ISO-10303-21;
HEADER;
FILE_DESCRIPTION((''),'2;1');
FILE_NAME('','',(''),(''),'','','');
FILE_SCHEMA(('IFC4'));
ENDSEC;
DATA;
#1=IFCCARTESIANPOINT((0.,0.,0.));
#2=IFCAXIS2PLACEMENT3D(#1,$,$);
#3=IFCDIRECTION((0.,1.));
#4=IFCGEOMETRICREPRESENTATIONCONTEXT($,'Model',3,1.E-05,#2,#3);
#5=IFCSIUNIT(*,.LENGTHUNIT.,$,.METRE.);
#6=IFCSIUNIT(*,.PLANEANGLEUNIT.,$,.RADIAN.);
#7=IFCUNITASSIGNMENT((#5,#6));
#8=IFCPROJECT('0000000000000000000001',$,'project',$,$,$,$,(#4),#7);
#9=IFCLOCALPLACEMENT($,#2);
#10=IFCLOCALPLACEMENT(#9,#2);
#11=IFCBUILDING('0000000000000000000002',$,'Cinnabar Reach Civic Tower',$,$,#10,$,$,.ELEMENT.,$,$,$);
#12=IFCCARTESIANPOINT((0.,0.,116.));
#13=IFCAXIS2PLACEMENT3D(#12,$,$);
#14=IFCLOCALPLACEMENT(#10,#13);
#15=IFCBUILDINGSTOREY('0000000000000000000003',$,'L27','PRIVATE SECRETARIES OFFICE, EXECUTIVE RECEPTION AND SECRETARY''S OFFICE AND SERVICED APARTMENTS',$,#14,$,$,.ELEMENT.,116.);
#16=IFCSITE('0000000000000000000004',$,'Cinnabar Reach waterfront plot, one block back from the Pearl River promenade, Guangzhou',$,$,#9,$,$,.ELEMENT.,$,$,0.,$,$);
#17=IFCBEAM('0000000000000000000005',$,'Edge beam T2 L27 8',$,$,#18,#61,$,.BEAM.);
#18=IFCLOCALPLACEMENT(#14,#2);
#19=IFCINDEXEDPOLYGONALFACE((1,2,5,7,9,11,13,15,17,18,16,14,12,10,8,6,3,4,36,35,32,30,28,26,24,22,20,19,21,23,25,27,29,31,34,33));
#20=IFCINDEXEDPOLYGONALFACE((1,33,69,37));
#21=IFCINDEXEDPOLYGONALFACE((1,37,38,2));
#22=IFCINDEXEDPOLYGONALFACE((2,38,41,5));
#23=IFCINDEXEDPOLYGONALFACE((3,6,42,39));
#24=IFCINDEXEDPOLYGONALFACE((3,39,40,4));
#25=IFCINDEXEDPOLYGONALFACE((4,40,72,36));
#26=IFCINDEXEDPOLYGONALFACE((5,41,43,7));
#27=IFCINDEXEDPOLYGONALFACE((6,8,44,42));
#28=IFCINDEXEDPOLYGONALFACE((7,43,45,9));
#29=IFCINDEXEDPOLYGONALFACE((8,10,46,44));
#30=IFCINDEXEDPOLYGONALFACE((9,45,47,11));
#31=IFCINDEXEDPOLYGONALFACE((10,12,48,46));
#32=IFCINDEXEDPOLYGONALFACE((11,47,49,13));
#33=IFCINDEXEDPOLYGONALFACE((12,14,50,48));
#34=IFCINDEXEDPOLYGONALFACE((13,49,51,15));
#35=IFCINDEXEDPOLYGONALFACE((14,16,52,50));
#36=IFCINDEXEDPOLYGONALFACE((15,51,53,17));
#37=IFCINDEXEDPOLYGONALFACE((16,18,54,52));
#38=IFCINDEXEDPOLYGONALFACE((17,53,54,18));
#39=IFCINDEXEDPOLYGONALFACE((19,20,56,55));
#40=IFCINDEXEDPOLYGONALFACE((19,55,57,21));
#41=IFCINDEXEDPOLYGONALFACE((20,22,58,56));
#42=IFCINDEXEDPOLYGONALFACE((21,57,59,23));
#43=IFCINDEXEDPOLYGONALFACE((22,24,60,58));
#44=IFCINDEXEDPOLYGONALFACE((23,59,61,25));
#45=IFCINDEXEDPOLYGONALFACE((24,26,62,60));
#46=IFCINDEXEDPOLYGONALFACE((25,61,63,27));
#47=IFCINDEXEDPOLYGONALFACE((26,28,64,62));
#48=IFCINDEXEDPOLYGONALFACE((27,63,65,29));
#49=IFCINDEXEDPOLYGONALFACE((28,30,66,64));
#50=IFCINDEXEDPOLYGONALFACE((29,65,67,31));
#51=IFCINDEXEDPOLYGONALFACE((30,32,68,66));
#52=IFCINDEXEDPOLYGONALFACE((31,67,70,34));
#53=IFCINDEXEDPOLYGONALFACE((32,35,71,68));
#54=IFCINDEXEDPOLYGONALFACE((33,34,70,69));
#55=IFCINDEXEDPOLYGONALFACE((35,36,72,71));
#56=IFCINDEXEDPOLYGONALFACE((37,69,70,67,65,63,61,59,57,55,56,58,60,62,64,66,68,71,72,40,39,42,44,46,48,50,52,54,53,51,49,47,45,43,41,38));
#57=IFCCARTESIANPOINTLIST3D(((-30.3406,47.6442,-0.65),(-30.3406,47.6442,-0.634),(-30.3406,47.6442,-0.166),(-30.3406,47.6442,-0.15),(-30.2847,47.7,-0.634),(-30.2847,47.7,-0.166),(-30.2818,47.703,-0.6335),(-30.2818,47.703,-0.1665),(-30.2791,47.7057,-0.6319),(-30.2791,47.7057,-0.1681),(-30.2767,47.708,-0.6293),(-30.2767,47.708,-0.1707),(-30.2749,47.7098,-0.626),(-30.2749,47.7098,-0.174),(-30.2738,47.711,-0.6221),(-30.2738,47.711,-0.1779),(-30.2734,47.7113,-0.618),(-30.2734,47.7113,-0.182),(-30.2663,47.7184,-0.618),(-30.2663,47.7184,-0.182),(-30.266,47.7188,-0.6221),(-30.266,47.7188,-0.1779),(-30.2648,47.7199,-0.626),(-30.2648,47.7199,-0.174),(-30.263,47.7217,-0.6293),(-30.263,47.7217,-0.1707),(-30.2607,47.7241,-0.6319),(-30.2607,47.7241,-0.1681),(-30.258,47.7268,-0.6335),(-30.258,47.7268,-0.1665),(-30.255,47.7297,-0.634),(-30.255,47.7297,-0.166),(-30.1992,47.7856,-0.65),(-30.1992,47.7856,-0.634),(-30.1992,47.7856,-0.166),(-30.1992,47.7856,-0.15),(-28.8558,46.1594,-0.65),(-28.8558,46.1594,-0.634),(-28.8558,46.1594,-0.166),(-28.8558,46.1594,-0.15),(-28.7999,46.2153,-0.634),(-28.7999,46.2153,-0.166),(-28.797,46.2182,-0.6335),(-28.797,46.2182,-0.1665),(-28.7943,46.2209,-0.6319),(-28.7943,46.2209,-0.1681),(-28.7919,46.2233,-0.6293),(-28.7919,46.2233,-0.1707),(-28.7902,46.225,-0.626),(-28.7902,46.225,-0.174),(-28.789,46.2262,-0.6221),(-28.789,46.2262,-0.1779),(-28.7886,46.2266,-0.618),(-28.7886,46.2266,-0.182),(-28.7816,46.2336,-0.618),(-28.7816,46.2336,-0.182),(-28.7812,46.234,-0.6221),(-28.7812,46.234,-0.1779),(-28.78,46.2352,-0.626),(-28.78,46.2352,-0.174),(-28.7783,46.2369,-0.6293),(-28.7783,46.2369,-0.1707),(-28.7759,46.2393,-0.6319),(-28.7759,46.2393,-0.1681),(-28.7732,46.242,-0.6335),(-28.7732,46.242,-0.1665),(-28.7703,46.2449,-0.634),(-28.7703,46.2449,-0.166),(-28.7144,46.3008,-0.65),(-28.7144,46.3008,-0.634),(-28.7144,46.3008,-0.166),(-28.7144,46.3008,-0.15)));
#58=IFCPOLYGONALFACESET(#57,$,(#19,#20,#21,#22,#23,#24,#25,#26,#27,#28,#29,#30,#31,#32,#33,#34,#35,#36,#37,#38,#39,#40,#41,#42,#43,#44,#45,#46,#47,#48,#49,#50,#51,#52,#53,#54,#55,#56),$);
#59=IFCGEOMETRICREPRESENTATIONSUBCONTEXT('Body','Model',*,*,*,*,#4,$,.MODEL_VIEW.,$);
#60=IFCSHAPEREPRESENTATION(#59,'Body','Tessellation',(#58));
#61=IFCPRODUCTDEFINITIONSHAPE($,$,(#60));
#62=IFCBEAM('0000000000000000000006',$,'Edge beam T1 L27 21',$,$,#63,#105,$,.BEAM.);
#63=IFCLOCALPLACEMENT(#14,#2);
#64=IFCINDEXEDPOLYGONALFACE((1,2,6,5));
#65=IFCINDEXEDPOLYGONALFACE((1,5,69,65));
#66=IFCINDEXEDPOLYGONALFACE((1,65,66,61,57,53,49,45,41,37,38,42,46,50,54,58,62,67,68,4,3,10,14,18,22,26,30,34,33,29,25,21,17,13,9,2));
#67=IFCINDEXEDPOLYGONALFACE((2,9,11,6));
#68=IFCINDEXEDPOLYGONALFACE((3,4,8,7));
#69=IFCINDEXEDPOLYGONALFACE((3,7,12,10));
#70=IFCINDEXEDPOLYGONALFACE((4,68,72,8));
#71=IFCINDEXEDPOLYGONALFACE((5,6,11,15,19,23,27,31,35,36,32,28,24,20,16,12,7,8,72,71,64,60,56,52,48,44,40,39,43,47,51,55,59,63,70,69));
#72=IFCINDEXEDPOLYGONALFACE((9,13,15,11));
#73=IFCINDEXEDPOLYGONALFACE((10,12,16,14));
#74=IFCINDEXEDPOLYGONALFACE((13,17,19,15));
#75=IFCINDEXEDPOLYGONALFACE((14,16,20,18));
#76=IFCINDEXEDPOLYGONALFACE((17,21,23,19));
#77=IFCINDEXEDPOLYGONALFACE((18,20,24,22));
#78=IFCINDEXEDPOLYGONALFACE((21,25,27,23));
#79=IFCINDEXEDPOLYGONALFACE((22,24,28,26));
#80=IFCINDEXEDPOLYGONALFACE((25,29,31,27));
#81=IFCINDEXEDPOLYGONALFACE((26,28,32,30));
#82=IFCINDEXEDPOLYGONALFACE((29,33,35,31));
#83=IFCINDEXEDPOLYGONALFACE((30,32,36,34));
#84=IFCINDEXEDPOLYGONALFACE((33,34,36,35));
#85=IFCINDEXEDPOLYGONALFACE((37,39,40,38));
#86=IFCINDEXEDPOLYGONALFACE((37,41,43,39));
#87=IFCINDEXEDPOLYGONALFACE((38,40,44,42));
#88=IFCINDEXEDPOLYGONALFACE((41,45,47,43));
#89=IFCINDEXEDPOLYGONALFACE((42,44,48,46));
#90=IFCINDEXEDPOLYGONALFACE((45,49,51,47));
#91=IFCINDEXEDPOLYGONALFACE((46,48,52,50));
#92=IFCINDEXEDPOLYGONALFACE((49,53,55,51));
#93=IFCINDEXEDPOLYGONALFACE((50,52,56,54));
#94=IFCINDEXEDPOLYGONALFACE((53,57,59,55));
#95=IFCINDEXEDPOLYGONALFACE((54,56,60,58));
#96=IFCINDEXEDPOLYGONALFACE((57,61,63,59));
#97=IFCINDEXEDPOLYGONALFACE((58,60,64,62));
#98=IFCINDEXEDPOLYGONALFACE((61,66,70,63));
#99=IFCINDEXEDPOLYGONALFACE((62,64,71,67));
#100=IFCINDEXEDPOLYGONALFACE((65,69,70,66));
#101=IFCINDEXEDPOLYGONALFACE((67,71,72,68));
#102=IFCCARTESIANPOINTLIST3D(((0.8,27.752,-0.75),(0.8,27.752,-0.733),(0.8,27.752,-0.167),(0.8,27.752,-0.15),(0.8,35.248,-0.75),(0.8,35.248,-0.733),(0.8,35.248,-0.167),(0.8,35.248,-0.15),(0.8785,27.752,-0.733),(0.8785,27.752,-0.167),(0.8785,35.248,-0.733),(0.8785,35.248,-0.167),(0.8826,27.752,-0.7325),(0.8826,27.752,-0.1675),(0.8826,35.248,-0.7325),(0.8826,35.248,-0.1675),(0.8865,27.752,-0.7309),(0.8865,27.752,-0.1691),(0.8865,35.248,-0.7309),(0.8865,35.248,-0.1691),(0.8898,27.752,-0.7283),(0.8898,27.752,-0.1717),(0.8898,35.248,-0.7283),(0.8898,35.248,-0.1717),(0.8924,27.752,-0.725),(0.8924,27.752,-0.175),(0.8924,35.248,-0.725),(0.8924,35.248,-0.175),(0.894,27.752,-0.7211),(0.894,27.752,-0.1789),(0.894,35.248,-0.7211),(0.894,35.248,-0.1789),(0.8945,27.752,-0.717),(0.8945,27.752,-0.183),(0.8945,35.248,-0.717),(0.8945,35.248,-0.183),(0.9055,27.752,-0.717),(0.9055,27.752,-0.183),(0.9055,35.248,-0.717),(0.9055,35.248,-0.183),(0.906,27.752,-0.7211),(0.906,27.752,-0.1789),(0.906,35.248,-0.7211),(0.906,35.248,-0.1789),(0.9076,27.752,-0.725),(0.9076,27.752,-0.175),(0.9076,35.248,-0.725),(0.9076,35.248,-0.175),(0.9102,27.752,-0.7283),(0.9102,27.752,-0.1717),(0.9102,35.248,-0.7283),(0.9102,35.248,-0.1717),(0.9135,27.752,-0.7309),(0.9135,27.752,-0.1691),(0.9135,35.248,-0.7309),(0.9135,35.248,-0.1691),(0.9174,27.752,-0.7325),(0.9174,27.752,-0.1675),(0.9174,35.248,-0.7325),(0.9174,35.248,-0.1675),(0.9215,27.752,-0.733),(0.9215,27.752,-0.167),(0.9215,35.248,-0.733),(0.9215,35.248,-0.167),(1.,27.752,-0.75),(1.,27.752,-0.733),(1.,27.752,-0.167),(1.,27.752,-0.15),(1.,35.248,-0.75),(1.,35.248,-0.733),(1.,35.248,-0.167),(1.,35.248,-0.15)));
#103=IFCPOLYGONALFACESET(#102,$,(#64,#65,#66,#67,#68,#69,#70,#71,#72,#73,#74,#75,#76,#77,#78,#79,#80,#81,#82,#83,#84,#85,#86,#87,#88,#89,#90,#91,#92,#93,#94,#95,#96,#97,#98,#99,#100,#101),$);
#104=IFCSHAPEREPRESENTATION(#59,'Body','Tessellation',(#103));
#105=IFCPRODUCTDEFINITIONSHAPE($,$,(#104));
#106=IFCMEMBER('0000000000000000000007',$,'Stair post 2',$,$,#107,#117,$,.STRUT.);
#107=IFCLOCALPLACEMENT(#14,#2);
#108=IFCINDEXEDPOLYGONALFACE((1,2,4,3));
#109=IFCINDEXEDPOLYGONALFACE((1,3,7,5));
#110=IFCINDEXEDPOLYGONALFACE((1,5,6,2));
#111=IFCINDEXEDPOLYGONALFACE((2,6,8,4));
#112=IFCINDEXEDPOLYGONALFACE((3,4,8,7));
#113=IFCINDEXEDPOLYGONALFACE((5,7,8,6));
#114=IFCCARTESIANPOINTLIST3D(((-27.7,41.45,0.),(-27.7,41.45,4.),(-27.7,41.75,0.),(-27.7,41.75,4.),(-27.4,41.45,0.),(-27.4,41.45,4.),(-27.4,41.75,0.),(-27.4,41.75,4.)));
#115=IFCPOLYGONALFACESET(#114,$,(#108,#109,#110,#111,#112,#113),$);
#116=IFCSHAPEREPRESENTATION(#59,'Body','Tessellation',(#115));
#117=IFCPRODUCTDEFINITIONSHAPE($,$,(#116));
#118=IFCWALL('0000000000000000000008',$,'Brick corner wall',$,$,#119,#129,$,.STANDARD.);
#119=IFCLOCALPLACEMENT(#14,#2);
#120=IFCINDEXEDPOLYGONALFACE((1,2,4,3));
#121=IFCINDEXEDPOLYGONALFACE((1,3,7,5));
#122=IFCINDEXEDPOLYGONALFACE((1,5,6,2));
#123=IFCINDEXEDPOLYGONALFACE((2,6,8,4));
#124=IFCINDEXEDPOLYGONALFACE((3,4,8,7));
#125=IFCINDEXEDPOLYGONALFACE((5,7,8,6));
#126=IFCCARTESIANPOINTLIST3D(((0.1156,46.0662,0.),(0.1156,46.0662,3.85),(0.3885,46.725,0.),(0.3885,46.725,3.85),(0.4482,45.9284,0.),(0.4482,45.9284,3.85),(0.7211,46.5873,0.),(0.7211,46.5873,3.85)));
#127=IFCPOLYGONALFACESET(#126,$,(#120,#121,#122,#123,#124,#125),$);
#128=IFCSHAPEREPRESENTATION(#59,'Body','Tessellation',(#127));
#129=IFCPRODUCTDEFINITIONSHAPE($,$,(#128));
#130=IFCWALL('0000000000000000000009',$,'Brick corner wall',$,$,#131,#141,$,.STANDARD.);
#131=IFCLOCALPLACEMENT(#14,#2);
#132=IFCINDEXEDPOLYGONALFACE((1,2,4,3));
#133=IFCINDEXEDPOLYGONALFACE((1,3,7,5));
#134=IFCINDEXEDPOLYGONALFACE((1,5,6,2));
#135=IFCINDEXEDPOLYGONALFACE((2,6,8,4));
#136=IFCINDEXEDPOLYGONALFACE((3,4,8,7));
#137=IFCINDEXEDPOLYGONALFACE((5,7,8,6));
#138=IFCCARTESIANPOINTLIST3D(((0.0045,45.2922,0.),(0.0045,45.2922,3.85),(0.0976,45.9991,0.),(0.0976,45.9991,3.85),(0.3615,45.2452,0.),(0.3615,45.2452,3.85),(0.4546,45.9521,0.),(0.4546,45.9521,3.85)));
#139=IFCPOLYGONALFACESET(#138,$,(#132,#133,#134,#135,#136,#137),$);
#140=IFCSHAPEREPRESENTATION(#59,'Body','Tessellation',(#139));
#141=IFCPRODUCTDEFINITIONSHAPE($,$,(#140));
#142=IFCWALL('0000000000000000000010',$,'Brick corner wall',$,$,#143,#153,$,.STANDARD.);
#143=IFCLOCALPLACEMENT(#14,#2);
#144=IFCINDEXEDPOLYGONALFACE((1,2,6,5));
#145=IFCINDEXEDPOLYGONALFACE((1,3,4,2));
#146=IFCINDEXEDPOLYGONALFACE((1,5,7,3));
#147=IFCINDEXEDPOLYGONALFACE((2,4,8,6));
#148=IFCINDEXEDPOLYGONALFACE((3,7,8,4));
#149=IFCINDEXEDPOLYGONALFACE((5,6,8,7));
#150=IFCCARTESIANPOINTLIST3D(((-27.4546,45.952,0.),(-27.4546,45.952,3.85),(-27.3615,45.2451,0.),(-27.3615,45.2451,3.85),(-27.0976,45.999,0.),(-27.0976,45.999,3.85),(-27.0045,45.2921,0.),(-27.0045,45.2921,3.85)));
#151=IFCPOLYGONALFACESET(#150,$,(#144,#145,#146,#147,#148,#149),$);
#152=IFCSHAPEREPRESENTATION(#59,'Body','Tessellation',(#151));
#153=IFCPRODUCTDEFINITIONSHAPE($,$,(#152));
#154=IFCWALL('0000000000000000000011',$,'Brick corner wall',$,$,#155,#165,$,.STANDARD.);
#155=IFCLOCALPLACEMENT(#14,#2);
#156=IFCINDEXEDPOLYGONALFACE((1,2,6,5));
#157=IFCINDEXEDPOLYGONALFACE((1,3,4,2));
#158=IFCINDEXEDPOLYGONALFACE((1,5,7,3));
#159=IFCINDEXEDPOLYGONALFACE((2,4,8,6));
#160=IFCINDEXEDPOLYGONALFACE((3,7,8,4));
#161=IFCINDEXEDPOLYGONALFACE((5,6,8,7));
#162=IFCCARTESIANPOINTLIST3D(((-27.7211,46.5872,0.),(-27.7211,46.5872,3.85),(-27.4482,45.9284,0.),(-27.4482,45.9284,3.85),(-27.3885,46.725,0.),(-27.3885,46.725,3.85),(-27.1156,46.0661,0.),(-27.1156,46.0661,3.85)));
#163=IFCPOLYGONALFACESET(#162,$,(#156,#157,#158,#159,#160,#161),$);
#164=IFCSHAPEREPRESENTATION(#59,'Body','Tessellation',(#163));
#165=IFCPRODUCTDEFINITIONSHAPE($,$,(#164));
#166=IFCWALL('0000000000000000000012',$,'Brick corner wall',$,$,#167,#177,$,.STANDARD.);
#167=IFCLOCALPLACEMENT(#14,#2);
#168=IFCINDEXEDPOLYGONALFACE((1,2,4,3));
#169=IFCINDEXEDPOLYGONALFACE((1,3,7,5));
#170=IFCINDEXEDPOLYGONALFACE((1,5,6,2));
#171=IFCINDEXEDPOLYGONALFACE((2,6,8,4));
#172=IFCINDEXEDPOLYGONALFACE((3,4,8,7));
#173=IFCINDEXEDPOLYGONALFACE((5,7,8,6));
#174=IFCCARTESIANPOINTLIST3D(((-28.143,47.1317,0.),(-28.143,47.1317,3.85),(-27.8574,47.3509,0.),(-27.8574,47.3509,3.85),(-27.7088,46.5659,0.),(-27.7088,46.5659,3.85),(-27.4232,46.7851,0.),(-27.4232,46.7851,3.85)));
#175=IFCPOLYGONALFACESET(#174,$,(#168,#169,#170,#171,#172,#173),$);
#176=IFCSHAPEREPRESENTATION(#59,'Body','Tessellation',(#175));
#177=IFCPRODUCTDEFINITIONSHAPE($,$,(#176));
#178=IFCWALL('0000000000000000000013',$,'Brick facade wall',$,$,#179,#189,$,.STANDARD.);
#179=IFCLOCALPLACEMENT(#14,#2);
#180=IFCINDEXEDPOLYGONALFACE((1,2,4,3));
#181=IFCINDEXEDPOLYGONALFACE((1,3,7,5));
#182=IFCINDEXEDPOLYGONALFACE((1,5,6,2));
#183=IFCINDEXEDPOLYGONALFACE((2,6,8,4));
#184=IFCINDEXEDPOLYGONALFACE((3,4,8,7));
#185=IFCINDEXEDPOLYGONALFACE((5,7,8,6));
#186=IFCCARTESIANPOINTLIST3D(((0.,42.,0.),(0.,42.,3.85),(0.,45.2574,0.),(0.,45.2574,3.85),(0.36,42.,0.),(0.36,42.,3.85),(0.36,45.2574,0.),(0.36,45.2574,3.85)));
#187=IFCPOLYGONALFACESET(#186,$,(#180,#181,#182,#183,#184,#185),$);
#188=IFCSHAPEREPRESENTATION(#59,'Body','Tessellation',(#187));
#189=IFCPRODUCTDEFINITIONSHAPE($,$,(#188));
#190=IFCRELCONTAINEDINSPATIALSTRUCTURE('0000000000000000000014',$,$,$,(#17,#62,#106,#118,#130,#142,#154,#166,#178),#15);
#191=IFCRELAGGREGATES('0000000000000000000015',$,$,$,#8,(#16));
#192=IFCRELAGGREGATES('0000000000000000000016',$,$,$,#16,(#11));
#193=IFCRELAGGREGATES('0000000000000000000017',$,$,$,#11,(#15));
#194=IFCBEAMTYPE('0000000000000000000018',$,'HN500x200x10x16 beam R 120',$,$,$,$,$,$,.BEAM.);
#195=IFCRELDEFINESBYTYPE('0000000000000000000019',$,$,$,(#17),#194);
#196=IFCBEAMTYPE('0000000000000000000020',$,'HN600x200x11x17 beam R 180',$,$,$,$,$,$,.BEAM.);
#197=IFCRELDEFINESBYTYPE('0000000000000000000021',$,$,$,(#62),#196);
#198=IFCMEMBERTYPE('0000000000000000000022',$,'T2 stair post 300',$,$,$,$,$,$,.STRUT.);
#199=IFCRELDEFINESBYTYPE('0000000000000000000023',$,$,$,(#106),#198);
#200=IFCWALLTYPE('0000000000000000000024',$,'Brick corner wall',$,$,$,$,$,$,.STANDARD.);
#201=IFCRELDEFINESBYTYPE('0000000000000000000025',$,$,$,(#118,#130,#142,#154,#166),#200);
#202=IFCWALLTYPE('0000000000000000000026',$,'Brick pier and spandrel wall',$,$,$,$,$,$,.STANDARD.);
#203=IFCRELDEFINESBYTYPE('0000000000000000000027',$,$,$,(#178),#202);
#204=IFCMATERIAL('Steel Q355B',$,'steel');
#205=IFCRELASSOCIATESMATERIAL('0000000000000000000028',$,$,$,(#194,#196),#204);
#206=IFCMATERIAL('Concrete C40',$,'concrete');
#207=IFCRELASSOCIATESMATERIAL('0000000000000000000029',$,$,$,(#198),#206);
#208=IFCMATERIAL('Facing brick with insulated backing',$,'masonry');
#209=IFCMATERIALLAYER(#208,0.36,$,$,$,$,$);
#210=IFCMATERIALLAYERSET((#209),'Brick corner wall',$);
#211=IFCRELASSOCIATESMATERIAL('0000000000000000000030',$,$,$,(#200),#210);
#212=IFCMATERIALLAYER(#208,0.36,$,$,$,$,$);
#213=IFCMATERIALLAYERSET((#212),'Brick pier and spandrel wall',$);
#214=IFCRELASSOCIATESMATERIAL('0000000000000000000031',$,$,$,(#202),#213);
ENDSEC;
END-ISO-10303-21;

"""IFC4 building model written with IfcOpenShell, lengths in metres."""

from ifc_helpers import new_model, si_unit, direction, frame, frame_2d, origin, origin_2d, place, context, subcontext, project, spatial, rectangle, i_section, extrude, material, layer, layer_set, material_profile, profile_set, type_object, element, save


model = new_model("IFC4")

# Units and contexts
model_context = context("Model", 3, precision=1e-05, world=origin(), true_north=direction((0.0, 1.0)))
body_context = subcontext(model_context, "Body", "Model", "MODEL_VIEW")
ifc_project = project(units=[si_unit("LENGTHUNIT", "METRE"), si_unit("PLANEANGLEUNIT", "RADIAN")], contexts=[model_context])

# Site, building, storey
site_placement = place(None, origin())
site = spatial("IfcSite", under=ifc_project, at=site_placement, Name="Cinnabar Reach waterfront plot, one block back from the Pearl River promenade, Guangzhou", CompositionType="ELEMENT", RefElevation=0.0)
building_placement = place(site_placement, origin())
building = spatial("IfcBuilding", under=site, at=building_placement, Name="Cinnabar Reach Civic Tower", CompositionType="ELEMENT")
storey_placement = place(building_placement, frame((0.0, 0.0, 116.0)))
storey = spatial("IfcBuildingStorey", under=building, at=storey_placement, Name="L27", Description="PRIVATE SECRETARIES OFFICE, EXECUTIVE RECEPTION AND SECRETARY'S OFFICE AND SERVICED APARTMENTS", CompositionType="ELEMENT", Elevation=116.0)

# Beams
ifc_material_1 = material(Name="Steel Q355B", Category="steel")
ifc_material_profile_1 = material_profile(ifc_material_1, i_section(OverallWidth=0.2, OverallDepth=0.5, WebThickness=0.01, FlangeThickness=0.016, FilletRadius=0.016, at=origin_2d()), Name="HN500x200x10x16")
ifc_profile_set_1 = profile_set([ifc_material_profile_1], Name="Steel Q355B")
beam_type_1 = type_object("IfcBeamType", Name="HN500x200x10x16 beam R 120", PredefinedType="BEAM", material=ifc_profile_set_1)
beam_1_placement = place(storey_placement, frame((-28.7851, 46.2301, -0.4), z_axis=(-0.707107, 0.707107, 0.0), x_axis=(-0.707107, -0.707107, 0.0)))
element("IfcBeam", 1, at=beam_1_placement, inside=storey, type_object=beam_type_1, Name="Edge beam T2 L27 8", PredefinedType="BEAM", context=body_context, shape_type="SweptSolid", body=[
    extrude(i_section(OverallWidth=0.2, OverallDepth=0.5, WebThickness=0.01, FlangeThickness=0.016, FilletRadius=0.016, at=origin_2d()), origin(), (0.0, 0.0, 1.0), 2.0998),
])
ifc_material_profile_2 = material_profile(ifc_material_1, i_section(OverallWidth=0.2, OverallDepth=0.6, WebThickness=0.011, FlangeThickness=0.017, FilletRadius=0.016, at=origin_2d()), Name="HN600x200x11x17")
ifc_profile_set_2 = profile_set([ifc_material_profile_2], Name="Steel Q355B")
beam_type_2 = type_object("IfcBeamType", Name="HN600x200x11x17 beam R 180", PredefinedType="BEAM", material=ifc_profile_set_2)
beam_2_placement = place(storey_placement, frame((0.9, 35.248, -0.45), z_axis=(0.0, -1.0, 0.0), x_axis=(1.0, 0.0, 0.0)))
element("IfcBeam", 2, at=beam_2_placement, inside=storey, type_object=beam_type_2, Name="Edge beam T1 L27 21", PredefinedType="BEAM", context=body_context, shape_type="SweptSolid", body=[
    extrude(i_section(OverallWidth=0.2, OverallDepth=0.6, WebThickness=0.011, FlangeThickness=0.017, FilletRadius=0.016, at=origin_2d()), origin(), (0.0, 0.0, 1.0), 7.496),
])

# Member
ifc_material_2 = material(Name="Concrete C40", Category="concrete")
ifc_material_profile_3 = material_profile(ifc_material_2, rectangle(XDim=0.3, YDim=0.3, at=origin_2d()), Name="C300")
ifc_profile_set_3 = profile_set([ifc_material_profile_3], Name="Concrete C40")
member_type = type_object("IfcMemberType", Name="T2 stair post 300", PredefinedType="STRUT", material=ifc_profile_set_3)
member_placement = place(storey_placement, frame((-27.55, 41.6, 0.0), z_axis=(0.0, 0.0, 1.0), x_axis=(1.0, 0.0, 0.0)))
element("IfcMember", 3, at=member_placement, inside=storey, type_object=member_type, Name="Stair post 2", PredefinedType="STRUT", context=body_context, shape_type="SweptSolid", body=[
    extrude(rectangle(XDim=0.3, YDim=0.3, at=origin_2d()), origin(), (0.0, 0.0, 1.0), 4.0),
])

# Walls
ifc_material_3 = material(Name="Facing brick with insulated backing", Category="masonry")
ifc_layer_1 = layer(ifc_material_3, 0.36)
ifc_layer_set_1 = layer_set([ifc_layer_1], Name="Brick corner wall")
wall_type_1 = type_object("IfcWallType", Name="Brick corner wall", PredefinedType="STANDARD", material=ifc_layer_set_1)
for number, where, z_axis, x_axis, name in (
    (4, (0.5548, 46.6561, 0.0), (0.0, 0.0, 1.0), (-0.382703, -0.923872, 0.0), "Brick corner wall"),
    (5, (0.2761, 45.9756, 0.0), (0.0, 0.0, 1.0), (-0.130556, -0.991441, 0.0), "Brick corner wall"),
    (6, (-27.183, 45.2686, 0.0), (0.0, 0.0, 1.0), (-0.130556, 0.991441, 0.0), "Brick corner wall"),
    (7, (-27.2819, 45.9973, 0.0), (0.0, 0.0, 1.0), (-0.382703, 0.923872, 0.0), "Brick corner wall"),
):
    element("IfcWall", number, at=place(storey_placement, frame(where, z_axis=z_axis, x_axis=x_axis)), inside=storey, type_object=wall_type_1, Name=name, PredefinedType="STANDARD", context=body_context, shape_type="SweptSolid", body=[
        extrude(rectangle(XDim=0.7131, YDim=0.36, at=frame_2d((0.3565, 0.0))), origin(), (0.0, 0.0, 1.0), 3.85),
    ])
wall_1_placement = place(storey_placement, frame((-27.566, 46.6755, 0.0), z_axis=(0.0, 0.0, 1.0), x_axis=(-0.608802, 0.793322, 0.0)))
element("IfcWall", 8, at=wall_1_placement, inside=storey, type_object=wall_type_1, Name="Brick corner wall", PredefinedType="STANDARD", context=body_context, shape_type="SweptSolid", body=[
    extrude(rectangle(XDim=0.7132, YDim=0.36, at=frame_2d((0.3566, 0.0))), origin(), (0.0, 0.0, 1.0), 3.85),
])
ifc_layer_2 = layer(ifc_material_3, 0.36)
ifc_layer_set_2 = layer_set([ifc_layer_2], Name="Brick pier and spandrel wall")
wall_type_2 = type_object("IfcWallType", Name="Brick pier and spandrel wall", PredefinedType="STANDARD", material=ifc_layer_set_2)
wall_2_placement = place(storey_placement, frame((0.18, 45.2574, 0.0), z_axis=(0.0, 0.0, 1.0), x_axis=(0.0, -1.0, 0.0)))
element("IfcWall", 9, at=wall_2_placement, inside=storey, type_object=wall_type_2, Name="Brick facade wall", PredefinedType="STANDARD", context=body_context, shape_type="SweptSolid", body=[
    extrude(rectangle(XDim=3.2574, YDim=0.36, at=frame_2d((1.6287, 0.0))), origin(), (0.0, 0.0, 1.0), 3.85),
])

save(model, "model.ifc")
